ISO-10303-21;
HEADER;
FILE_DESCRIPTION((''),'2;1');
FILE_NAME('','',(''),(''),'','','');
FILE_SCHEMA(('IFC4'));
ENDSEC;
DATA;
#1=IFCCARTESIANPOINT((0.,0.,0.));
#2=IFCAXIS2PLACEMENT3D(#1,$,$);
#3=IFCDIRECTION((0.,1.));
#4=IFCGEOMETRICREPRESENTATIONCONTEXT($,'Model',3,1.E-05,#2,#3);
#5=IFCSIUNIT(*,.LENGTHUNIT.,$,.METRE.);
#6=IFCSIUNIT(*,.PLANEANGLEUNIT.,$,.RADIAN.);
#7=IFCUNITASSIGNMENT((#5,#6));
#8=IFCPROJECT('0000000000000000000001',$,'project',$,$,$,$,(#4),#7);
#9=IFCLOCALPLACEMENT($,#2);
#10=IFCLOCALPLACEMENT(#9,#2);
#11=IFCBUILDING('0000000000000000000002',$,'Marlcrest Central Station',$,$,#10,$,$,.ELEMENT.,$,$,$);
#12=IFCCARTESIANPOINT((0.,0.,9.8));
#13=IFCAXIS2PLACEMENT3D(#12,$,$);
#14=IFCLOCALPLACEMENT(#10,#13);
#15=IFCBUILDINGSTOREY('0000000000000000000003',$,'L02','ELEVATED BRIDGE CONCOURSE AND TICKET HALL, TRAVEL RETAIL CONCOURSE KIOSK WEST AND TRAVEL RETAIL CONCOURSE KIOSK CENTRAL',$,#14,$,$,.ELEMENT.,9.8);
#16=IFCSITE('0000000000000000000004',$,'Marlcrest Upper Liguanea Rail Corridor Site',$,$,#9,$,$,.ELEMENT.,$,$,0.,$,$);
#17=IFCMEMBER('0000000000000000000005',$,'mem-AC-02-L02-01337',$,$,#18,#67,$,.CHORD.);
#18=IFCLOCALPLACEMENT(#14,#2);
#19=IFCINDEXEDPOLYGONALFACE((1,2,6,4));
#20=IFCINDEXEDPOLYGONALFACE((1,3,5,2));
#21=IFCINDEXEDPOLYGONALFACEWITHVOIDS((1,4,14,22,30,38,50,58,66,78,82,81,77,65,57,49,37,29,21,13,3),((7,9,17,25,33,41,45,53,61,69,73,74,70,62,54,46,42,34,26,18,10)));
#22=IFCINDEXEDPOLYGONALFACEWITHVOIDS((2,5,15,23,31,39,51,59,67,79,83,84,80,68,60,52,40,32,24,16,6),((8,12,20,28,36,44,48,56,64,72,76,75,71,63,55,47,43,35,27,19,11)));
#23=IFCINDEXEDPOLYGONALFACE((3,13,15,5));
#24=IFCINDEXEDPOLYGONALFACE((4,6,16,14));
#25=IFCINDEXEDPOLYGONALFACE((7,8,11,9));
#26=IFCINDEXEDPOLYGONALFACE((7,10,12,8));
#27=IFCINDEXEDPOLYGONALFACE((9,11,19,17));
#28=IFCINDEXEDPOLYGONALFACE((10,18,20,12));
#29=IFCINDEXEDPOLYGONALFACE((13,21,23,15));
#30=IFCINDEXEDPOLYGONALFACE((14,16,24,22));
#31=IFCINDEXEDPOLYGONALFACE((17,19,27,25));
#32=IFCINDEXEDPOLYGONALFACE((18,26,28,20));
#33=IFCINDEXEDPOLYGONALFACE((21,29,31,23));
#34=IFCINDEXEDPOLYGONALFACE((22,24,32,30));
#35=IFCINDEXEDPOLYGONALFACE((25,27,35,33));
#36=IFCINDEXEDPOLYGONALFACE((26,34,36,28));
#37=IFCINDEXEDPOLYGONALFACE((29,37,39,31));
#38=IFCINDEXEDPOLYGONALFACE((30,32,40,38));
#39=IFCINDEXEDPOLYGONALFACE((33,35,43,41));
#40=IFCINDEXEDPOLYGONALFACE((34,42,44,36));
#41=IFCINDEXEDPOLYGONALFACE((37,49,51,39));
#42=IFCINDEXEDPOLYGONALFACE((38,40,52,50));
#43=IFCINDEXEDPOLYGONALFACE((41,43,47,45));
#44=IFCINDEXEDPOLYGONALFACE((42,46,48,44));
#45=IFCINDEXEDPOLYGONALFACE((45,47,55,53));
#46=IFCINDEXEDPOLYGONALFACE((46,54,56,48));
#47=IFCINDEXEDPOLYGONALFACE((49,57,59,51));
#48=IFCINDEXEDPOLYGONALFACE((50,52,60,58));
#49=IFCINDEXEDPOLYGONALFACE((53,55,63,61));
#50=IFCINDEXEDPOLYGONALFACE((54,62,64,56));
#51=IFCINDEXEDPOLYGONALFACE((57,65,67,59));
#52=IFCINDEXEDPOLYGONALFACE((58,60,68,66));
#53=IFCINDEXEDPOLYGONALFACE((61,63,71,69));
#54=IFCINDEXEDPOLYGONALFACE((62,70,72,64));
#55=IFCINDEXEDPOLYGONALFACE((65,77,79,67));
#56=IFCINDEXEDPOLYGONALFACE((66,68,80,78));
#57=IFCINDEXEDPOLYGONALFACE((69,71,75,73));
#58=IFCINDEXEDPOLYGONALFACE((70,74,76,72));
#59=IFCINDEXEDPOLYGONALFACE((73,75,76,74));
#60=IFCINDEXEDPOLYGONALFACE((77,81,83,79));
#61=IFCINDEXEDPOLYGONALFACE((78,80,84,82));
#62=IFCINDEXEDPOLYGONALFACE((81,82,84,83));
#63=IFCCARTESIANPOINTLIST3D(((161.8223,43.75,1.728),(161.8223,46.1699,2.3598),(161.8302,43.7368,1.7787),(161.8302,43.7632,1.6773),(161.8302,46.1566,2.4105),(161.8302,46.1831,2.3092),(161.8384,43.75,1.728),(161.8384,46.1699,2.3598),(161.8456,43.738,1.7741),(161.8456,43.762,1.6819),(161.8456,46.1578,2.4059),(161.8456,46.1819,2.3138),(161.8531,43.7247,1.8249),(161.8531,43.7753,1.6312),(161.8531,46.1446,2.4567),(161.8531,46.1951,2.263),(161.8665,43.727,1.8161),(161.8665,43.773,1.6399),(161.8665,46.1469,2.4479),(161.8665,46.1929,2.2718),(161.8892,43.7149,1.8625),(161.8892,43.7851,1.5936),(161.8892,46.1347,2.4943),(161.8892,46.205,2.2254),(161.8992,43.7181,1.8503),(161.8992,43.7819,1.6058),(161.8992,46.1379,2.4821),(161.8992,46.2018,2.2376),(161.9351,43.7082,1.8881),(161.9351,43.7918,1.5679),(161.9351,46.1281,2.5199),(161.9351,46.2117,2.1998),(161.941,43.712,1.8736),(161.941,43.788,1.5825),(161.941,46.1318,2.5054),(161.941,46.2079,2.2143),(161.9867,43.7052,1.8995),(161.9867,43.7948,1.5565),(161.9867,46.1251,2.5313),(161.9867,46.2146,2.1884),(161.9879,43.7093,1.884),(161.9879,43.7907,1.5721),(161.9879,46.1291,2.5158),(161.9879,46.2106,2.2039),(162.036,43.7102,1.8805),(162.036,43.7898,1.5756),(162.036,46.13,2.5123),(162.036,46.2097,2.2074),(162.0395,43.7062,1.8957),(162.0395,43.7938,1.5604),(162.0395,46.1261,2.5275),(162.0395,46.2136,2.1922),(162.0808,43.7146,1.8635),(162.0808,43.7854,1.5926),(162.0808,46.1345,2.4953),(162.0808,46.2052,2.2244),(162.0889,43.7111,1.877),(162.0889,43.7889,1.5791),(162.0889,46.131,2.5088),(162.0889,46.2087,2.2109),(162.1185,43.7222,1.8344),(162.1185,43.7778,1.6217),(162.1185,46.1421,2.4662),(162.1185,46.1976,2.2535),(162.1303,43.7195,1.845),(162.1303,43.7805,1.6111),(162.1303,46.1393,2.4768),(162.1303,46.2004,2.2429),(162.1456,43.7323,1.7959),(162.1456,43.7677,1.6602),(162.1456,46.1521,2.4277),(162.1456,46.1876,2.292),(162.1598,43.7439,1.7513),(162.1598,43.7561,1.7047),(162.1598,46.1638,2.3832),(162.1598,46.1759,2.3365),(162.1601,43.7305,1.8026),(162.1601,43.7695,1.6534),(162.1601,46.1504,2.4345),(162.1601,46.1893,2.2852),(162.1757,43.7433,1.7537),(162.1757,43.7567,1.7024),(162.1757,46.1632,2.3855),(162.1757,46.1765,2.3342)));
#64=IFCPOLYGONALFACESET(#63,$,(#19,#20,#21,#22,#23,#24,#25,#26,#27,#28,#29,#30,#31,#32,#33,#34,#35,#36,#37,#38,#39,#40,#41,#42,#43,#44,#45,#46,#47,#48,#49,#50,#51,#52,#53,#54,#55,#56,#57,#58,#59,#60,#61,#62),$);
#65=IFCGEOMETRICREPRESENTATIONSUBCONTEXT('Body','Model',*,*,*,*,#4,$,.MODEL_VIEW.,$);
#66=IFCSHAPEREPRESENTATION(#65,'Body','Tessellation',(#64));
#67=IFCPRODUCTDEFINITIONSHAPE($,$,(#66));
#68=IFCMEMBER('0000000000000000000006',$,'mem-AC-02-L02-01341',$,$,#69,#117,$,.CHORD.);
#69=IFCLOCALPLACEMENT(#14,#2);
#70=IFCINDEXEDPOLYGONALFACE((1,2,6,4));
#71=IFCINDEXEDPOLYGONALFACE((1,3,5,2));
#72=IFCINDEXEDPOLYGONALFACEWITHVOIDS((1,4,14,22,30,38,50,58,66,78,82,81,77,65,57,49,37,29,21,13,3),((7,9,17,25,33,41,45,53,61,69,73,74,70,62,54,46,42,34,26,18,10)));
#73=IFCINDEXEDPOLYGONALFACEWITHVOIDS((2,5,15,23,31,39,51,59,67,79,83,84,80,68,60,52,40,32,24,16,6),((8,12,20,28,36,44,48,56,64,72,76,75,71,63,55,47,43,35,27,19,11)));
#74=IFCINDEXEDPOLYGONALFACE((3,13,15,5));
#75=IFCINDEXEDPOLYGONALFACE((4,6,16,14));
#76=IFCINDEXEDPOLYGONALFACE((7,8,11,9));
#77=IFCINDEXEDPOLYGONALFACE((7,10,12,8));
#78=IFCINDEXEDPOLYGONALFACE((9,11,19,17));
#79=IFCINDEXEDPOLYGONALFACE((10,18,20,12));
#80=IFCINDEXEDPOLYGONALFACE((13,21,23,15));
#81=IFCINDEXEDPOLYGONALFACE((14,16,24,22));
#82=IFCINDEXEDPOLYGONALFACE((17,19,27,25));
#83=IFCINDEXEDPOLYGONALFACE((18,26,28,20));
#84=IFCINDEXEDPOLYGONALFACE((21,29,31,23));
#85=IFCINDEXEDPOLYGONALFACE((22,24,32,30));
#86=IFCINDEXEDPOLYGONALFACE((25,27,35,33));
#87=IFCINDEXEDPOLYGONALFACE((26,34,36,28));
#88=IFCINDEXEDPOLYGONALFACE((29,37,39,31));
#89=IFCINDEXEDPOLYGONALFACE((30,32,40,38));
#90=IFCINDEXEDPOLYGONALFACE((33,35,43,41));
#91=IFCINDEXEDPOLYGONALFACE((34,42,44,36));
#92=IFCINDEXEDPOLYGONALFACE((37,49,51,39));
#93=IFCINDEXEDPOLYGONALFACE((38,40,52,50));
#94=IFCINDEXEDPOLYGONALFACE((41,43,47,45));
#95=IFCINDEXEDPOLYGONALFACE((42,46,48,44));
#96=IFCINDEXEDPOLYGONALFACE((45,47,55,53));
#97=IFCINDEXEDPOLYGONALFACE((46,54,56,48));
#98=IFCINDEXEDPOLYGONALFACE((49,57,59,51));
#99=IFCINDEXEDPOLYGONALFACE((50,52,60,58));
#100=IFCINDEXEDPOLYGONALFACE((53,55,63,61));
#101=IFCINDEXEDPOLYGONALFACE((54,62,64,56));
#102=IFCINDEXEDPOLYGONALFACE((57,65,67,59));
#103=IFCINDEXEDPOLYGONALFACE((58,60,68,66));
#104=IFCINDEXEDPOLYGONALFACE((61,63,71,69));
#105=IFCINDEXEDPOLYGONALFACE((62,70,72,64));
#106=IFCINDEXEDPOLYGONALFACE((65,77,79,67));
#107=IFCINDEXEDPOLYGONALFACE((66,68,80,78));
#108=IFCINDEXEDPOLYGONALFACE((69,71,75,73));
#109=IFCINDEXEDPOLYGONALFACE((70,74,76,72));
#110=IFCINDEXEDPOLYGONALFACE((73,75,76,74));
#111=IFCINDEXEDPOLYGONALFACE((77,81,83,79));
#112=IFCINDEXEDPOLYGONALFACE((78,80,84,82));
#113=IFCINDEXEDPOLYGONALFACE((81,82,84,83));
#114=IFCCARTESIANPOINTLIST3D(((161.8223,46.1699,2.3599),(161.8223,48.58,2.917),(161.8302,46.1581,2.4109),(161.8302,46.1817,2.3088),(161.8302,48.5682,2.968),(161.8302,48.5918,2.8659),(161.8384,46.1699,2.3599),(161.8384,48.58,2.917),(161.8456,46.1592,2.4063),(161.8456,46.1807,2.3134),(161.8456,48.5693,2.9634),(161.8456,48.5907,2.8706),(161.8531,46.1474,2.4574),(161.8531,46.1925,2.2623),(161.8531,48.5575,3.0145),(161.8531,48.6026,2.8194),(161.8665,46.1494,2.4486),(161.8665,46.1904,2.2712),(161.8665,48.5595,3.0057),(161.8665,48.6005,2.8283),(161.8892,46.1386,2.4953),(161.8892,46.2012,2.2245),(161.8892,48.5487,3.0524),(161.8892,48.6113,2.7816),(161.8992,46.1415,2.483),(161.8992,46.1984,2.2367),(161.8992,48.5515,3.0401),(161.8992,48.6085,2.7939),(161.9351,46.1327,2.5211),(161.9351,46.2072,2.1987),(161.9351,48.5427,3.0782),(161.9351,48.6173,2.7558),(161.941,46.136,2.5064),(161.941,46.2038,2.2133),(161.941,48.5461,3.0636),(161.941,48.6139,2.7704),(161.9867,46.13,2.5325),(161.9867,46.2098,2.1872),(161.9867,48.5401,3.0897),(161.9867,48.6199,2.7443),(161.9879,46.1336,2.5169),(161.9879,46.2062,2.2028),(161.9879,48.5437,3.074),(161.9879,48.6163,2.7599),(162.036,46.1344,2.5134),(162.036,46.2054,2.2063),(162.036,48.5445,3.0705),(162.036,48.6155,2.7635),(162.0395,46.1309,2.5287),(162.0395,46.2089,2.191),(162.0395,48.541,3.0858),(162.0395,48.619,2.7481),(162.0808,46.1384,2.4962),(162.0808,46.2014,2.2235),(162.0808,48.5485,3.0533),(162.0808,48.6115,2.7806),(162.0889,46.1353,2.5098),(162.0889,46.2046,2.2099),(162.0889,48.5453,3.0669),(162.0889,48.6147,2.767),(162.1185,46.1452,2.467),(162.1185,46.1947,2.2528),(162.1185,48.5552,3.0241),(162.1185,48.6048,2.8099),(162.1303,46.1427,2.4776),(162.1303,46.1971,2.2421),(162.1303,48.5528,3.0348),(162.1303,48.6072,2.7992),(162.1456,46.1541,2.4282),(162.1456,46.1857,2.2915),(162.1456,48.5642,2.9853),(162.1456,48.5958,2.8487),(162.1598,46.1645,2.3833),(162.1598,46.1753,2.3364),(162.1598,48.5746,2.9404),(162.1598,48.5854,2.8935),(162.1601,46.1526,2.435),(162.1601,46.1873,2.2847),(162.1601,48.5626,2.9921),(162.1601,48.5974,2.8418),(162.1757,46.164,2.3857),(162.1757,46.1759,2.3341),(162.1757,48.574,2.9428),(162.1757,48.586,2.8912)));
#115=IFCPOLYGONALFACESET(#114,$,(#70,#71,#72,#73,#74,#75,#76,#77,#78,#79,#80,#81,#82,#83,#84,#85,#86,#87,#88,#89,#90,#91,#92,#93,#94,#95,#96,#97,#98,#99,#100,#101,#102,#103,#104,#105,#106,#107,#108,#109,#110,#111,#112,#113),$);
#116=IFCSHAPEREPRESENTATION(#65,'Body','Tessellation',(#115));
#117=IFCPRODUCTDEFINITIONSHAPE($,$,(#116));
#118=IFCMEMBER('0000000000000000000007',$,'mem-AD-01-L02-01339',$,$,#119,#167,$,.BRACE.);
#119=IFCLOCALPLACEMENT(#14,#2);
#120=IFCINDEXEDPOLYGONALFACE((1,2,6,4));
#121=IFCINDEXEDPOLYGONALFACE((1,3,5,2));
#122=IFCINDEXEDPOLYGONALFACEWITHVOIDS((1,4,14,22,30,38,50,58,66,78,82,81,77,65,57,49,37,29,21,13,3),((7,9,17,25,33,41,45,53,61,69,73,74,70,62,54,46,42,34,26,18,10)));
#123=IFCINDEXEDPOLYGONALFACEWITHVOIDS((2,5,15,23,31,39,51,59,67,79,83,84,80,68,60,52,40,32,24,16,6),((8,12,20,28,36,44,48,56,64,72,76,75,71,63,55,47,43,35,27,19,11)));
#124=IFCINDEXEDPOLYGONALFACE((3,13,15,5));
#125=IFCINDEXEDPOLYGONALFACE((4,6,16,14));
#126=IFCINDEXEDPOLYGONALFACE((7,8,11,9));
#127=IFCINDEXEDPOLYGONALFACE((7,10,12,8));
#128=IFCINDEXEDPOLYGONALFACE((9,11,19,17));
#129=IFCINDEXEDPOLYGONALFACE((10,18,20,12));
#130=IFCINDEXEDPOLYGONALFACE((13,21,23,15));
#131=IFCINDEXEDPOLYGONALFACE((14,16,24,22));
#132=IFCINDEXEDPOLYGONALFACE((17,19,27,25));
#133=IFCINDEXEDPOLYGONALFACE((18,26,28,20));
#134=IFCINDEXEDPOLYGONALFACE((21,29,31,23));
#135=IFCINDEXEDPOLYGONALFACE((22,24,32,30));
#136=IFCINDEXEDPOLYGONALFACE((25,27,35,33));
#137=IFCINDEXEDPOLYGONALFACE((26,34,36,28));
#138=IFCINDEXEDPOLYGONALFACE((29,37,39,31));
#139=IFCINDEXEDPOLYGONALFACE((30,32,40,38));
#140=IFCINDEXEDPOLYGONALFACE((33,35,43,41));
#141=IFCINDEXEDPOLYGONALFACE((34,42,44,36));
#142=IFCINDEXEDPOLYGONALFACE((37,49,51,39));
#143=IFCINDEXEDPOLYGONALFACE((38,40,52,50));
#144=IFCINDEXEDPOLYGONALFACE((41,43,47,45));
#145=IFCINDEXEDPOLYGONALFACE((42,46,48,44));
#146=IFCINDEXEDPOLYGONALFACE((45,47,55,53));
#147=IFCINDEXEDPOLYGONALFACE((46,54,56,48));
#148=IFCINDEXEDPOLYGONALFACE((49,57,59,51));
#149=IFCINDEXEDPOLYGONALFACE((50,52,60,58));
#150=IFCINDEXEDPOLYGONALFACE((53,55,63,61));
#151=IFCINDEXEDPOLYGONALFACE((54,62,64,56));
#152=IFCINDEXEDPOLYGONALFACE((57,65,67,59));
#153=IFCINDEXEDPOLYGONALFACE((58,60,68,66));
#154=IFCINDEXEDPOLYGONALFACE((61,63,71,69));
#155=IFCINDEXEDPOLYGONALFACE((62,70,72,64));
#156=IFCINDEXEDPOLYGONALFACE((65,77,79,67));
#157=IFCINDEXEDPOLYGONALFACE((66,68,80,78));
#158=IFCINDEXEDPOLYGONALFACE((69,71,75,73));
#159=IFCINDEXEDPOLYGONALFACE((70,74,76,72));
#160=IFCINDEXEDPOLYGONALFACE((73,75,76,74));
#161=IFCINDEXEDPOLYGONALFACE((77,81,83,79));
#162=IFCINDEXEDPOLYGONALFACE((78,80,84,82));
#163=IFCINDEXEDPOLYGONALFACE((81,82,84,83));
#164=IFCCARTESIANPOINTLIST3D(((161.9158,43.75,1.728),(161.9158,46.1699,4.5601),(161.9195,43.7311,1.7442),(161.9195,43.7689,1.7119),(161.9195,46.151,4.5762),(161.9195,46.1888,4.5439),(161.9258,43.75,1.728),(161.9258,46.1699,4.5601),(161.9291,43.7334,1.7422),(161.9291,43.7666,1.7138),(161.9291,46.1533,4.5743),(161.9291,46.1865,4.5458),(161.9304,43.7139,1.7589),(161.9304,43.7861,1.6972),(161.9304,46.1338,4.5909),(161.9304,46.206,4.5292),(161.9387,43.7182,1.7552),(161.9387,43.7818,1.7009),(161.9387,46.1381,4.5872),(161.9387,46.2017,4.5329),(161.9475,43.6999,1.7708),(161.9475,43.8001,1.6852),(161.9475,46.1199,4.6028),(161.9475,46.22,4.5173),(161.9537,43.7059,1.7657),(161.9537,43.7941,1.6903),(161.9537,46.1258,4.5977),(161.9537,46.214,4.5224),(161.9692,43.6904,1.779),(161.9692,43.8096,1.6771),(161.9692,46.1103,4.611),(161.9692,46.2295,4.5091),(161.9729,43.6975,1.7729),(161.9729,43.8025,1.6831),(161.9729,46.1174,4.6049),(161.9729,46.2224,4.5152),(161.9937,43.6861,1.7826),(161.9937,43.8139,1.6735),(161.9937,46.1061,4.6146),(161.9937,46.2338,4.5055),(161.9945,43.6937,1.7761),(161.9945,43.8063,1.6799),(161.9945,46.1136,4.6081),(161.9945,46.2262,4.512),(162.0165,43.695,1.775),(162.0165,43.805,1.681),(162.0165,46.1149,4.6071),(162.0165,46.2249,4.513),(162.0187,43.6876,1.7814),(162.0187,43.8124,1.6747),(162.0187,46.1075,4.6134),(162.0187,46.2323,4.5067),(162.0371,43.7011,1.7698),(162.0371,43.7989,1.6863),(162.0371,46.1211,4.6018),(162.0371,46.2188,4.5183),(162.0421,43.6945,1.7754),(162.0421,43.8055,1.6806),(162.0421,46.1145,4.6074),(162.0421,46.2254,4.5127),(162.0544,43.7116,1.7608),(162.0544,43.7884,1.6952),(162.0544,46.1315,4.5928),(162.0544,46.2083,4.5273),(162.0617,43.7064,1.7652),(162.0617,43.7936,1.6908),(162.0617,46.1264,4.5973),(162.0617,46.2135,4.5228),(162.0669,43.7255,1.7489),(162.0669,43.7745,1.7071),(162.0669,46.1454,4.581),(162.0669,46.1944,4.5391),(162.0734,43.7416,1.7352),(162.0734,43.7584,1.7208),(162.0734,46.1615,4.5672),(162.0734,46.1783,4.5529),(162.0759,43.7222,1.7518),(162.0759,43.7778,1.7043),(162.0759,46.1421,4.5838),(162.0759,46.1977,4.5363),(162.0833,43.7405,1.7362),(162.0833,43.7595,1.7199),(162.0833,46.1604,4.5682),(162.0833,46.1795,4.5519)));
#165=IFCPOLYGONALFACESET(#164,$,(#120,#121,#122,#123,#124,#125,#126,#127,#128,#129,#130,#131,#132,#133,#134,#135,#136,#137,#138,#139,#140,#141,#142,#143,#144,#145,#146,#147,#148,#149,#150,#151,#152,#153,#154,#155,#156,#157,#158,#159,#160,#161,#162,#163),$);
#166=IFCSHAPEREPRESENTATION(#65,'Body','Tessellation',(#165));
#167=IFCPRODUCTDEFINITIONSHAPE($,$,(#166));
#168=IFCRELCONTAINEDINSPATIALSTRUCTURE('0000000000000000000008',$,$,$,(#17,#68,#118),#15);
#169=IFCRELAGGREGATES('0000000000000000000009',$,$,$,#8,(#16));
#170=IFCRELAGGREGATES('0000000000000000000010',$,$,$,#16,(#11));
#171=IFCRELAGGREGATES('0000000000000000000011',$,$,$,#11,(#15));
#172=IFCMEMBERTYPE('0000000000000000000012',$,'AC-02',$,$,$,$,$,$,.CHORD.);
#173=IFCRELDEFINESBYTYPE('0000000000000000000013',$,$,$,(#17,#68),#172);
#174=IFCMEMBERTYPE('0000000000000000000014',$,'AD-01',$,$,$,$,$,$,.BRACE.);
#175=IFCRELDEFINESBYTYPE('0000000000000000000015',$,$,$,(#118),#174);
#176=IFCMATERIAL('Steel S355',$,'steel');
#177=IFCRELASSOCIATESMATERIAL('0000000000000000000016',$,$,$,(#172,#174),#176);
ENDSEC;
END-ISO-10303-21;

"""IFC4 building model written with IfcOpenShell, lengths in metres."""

from ifc_helpers import new_model, si_unit, direction, frame, origin, origin_2d, place, context, subcontext, project, spatial, hollow_circle, extrude, material, material_profile, profile_set, type_object, element, save


model = new_model("IFC4")

# Units and contexts
model_context = context("Model", 3, precision=1e-05, world=origin(), true_north=direction((0.0, 1.0)))
body_context = subcontext(model_context, "Body", "Model", "MODEL_VIEW")
ifc_project = project(units=[si_unit("LENGTHUNIT", "METRE"), si_unit("PLANEANGLEUNIT", "RADIAN")], contexts=[model_context])

# Site, building, storey
site_placement = place(None, origin())
site = spatial("IfcSite", under=ifc_project, at=site_placement, Name="Marlcrest Upper Liguanea Rail Corridor Site", CompositionType="ELEMENT", RefElevation=0.0)
building_placement = place(site_placement, origin())
building = spatial("IfcBuilding", under=site, at=building_placement, Name="Marlcrest Central Station", CompositionType="ELEMENT")
storey_placement = place(building_placement, frame((0.0, 0.0, 9.8)))
storey = spatial("IfcBuildingStorey", under=building, at=storey_placement, Name="L02", Description="ELEVATED BRIDGE CONCOURSE AND TICKET HALL, TRAVEL RETAIL CONCOURSE KIOSK WEST AND TRAVEL RETAIL CONCOURSE KIOSK CENTRAL", CompositionType="ELEMENT", Elevation=9.8)

# Members
ifc_material_1 = material(Name="Steel S355", Category="steel")
ifc_material_profile_1 = material_profile(ifc_material_1, hollow_circle(Radius=0.1777, WallThickness=0.0161, at=origin_2d()), Name="CHS 355.6x16")
ifc_profile_set_1 = profile_set([ifc_material_profile_1], Name="Steel S355")
member_type_1 = type_object("IfcMemberType", Name="AC-02", PredefinedType="CHORD", material=ifc_profile_set_1)
member_1_placement = place(storey_placement, frame((162.0, 43.75, 1.728), z_axis=(0.0, 0.967563, 0.252629), x_axis=(-1.0, 0.0, 0.0)))
element("IfcMember", 1, at=member_1_placement, inside=storey, type_object=member_type_1, Name="mem-AC-02-L02-01337", PredefinedType="CHORD", context=body_context, shape_type="SweptSolid", body=[
    extrude(hollow_circle(Radius=0.1777, WallThickness=0.0161, at=origin_2d()), origin(), (0.0, 0.0, 1.0), 2.501),
])
member_2_placement = place(storey_placement, frame((162.0, 46.1699, 2.3599), z_axis=(0.0, 0.974308, 0.22522), x_axis=(-1.0, 0.0, 0.0)))
element("IfcMember", 2, at=member_2_placement, inside=storey, type_object=member_type_1, Name="mem-AC-02-L02-01341", PredefinedType="CHORD", context=body_context, shape_type="SweptSolid", body=[
    extrude(hollow_circle(Radius=0.1777, WallThickness=0.0161, at=origin_2d()), origin(), (0.0, 0.0, 1.0), 2.4736),
])
ifc_material_profile_2 = material_profile(ifc_material_1, hollow_circle(Radius=0.0842, WallThickness=0.01, at=origin_2d()), Name="CHS 168.3x10")
ifc_profile_set_2 = profile_set([ifc_material_profile_2], Name="Steel S355")
member_type_2 = type_object("IfcMemberType", Name="AD-01", PredefinedType="BRACE", material=ifc_profile_set_2)
member_3_placement = place(storey_placement, frame((162.0, 43.75, 1.728), z_axis=(0.0, 0.649625, 0.760255), x_axis=(-1.0, 0.0, 0.0)))
element("IfcMember", 3, at=member_3_placement, inside=storey, type_object=member_type_2, Name="mem-AD-01-L02-01339", PredefinedType="BRACE", context=body_context, shape_type="SweptSolid", body=[
    extrude(hollow_circle(Radius=0.0842, WallThickness=0.01, at=origin_2d()), origin(), (0.0, 0.0, 1.0), 3.7251),
])

save(model, "model.ifc")
